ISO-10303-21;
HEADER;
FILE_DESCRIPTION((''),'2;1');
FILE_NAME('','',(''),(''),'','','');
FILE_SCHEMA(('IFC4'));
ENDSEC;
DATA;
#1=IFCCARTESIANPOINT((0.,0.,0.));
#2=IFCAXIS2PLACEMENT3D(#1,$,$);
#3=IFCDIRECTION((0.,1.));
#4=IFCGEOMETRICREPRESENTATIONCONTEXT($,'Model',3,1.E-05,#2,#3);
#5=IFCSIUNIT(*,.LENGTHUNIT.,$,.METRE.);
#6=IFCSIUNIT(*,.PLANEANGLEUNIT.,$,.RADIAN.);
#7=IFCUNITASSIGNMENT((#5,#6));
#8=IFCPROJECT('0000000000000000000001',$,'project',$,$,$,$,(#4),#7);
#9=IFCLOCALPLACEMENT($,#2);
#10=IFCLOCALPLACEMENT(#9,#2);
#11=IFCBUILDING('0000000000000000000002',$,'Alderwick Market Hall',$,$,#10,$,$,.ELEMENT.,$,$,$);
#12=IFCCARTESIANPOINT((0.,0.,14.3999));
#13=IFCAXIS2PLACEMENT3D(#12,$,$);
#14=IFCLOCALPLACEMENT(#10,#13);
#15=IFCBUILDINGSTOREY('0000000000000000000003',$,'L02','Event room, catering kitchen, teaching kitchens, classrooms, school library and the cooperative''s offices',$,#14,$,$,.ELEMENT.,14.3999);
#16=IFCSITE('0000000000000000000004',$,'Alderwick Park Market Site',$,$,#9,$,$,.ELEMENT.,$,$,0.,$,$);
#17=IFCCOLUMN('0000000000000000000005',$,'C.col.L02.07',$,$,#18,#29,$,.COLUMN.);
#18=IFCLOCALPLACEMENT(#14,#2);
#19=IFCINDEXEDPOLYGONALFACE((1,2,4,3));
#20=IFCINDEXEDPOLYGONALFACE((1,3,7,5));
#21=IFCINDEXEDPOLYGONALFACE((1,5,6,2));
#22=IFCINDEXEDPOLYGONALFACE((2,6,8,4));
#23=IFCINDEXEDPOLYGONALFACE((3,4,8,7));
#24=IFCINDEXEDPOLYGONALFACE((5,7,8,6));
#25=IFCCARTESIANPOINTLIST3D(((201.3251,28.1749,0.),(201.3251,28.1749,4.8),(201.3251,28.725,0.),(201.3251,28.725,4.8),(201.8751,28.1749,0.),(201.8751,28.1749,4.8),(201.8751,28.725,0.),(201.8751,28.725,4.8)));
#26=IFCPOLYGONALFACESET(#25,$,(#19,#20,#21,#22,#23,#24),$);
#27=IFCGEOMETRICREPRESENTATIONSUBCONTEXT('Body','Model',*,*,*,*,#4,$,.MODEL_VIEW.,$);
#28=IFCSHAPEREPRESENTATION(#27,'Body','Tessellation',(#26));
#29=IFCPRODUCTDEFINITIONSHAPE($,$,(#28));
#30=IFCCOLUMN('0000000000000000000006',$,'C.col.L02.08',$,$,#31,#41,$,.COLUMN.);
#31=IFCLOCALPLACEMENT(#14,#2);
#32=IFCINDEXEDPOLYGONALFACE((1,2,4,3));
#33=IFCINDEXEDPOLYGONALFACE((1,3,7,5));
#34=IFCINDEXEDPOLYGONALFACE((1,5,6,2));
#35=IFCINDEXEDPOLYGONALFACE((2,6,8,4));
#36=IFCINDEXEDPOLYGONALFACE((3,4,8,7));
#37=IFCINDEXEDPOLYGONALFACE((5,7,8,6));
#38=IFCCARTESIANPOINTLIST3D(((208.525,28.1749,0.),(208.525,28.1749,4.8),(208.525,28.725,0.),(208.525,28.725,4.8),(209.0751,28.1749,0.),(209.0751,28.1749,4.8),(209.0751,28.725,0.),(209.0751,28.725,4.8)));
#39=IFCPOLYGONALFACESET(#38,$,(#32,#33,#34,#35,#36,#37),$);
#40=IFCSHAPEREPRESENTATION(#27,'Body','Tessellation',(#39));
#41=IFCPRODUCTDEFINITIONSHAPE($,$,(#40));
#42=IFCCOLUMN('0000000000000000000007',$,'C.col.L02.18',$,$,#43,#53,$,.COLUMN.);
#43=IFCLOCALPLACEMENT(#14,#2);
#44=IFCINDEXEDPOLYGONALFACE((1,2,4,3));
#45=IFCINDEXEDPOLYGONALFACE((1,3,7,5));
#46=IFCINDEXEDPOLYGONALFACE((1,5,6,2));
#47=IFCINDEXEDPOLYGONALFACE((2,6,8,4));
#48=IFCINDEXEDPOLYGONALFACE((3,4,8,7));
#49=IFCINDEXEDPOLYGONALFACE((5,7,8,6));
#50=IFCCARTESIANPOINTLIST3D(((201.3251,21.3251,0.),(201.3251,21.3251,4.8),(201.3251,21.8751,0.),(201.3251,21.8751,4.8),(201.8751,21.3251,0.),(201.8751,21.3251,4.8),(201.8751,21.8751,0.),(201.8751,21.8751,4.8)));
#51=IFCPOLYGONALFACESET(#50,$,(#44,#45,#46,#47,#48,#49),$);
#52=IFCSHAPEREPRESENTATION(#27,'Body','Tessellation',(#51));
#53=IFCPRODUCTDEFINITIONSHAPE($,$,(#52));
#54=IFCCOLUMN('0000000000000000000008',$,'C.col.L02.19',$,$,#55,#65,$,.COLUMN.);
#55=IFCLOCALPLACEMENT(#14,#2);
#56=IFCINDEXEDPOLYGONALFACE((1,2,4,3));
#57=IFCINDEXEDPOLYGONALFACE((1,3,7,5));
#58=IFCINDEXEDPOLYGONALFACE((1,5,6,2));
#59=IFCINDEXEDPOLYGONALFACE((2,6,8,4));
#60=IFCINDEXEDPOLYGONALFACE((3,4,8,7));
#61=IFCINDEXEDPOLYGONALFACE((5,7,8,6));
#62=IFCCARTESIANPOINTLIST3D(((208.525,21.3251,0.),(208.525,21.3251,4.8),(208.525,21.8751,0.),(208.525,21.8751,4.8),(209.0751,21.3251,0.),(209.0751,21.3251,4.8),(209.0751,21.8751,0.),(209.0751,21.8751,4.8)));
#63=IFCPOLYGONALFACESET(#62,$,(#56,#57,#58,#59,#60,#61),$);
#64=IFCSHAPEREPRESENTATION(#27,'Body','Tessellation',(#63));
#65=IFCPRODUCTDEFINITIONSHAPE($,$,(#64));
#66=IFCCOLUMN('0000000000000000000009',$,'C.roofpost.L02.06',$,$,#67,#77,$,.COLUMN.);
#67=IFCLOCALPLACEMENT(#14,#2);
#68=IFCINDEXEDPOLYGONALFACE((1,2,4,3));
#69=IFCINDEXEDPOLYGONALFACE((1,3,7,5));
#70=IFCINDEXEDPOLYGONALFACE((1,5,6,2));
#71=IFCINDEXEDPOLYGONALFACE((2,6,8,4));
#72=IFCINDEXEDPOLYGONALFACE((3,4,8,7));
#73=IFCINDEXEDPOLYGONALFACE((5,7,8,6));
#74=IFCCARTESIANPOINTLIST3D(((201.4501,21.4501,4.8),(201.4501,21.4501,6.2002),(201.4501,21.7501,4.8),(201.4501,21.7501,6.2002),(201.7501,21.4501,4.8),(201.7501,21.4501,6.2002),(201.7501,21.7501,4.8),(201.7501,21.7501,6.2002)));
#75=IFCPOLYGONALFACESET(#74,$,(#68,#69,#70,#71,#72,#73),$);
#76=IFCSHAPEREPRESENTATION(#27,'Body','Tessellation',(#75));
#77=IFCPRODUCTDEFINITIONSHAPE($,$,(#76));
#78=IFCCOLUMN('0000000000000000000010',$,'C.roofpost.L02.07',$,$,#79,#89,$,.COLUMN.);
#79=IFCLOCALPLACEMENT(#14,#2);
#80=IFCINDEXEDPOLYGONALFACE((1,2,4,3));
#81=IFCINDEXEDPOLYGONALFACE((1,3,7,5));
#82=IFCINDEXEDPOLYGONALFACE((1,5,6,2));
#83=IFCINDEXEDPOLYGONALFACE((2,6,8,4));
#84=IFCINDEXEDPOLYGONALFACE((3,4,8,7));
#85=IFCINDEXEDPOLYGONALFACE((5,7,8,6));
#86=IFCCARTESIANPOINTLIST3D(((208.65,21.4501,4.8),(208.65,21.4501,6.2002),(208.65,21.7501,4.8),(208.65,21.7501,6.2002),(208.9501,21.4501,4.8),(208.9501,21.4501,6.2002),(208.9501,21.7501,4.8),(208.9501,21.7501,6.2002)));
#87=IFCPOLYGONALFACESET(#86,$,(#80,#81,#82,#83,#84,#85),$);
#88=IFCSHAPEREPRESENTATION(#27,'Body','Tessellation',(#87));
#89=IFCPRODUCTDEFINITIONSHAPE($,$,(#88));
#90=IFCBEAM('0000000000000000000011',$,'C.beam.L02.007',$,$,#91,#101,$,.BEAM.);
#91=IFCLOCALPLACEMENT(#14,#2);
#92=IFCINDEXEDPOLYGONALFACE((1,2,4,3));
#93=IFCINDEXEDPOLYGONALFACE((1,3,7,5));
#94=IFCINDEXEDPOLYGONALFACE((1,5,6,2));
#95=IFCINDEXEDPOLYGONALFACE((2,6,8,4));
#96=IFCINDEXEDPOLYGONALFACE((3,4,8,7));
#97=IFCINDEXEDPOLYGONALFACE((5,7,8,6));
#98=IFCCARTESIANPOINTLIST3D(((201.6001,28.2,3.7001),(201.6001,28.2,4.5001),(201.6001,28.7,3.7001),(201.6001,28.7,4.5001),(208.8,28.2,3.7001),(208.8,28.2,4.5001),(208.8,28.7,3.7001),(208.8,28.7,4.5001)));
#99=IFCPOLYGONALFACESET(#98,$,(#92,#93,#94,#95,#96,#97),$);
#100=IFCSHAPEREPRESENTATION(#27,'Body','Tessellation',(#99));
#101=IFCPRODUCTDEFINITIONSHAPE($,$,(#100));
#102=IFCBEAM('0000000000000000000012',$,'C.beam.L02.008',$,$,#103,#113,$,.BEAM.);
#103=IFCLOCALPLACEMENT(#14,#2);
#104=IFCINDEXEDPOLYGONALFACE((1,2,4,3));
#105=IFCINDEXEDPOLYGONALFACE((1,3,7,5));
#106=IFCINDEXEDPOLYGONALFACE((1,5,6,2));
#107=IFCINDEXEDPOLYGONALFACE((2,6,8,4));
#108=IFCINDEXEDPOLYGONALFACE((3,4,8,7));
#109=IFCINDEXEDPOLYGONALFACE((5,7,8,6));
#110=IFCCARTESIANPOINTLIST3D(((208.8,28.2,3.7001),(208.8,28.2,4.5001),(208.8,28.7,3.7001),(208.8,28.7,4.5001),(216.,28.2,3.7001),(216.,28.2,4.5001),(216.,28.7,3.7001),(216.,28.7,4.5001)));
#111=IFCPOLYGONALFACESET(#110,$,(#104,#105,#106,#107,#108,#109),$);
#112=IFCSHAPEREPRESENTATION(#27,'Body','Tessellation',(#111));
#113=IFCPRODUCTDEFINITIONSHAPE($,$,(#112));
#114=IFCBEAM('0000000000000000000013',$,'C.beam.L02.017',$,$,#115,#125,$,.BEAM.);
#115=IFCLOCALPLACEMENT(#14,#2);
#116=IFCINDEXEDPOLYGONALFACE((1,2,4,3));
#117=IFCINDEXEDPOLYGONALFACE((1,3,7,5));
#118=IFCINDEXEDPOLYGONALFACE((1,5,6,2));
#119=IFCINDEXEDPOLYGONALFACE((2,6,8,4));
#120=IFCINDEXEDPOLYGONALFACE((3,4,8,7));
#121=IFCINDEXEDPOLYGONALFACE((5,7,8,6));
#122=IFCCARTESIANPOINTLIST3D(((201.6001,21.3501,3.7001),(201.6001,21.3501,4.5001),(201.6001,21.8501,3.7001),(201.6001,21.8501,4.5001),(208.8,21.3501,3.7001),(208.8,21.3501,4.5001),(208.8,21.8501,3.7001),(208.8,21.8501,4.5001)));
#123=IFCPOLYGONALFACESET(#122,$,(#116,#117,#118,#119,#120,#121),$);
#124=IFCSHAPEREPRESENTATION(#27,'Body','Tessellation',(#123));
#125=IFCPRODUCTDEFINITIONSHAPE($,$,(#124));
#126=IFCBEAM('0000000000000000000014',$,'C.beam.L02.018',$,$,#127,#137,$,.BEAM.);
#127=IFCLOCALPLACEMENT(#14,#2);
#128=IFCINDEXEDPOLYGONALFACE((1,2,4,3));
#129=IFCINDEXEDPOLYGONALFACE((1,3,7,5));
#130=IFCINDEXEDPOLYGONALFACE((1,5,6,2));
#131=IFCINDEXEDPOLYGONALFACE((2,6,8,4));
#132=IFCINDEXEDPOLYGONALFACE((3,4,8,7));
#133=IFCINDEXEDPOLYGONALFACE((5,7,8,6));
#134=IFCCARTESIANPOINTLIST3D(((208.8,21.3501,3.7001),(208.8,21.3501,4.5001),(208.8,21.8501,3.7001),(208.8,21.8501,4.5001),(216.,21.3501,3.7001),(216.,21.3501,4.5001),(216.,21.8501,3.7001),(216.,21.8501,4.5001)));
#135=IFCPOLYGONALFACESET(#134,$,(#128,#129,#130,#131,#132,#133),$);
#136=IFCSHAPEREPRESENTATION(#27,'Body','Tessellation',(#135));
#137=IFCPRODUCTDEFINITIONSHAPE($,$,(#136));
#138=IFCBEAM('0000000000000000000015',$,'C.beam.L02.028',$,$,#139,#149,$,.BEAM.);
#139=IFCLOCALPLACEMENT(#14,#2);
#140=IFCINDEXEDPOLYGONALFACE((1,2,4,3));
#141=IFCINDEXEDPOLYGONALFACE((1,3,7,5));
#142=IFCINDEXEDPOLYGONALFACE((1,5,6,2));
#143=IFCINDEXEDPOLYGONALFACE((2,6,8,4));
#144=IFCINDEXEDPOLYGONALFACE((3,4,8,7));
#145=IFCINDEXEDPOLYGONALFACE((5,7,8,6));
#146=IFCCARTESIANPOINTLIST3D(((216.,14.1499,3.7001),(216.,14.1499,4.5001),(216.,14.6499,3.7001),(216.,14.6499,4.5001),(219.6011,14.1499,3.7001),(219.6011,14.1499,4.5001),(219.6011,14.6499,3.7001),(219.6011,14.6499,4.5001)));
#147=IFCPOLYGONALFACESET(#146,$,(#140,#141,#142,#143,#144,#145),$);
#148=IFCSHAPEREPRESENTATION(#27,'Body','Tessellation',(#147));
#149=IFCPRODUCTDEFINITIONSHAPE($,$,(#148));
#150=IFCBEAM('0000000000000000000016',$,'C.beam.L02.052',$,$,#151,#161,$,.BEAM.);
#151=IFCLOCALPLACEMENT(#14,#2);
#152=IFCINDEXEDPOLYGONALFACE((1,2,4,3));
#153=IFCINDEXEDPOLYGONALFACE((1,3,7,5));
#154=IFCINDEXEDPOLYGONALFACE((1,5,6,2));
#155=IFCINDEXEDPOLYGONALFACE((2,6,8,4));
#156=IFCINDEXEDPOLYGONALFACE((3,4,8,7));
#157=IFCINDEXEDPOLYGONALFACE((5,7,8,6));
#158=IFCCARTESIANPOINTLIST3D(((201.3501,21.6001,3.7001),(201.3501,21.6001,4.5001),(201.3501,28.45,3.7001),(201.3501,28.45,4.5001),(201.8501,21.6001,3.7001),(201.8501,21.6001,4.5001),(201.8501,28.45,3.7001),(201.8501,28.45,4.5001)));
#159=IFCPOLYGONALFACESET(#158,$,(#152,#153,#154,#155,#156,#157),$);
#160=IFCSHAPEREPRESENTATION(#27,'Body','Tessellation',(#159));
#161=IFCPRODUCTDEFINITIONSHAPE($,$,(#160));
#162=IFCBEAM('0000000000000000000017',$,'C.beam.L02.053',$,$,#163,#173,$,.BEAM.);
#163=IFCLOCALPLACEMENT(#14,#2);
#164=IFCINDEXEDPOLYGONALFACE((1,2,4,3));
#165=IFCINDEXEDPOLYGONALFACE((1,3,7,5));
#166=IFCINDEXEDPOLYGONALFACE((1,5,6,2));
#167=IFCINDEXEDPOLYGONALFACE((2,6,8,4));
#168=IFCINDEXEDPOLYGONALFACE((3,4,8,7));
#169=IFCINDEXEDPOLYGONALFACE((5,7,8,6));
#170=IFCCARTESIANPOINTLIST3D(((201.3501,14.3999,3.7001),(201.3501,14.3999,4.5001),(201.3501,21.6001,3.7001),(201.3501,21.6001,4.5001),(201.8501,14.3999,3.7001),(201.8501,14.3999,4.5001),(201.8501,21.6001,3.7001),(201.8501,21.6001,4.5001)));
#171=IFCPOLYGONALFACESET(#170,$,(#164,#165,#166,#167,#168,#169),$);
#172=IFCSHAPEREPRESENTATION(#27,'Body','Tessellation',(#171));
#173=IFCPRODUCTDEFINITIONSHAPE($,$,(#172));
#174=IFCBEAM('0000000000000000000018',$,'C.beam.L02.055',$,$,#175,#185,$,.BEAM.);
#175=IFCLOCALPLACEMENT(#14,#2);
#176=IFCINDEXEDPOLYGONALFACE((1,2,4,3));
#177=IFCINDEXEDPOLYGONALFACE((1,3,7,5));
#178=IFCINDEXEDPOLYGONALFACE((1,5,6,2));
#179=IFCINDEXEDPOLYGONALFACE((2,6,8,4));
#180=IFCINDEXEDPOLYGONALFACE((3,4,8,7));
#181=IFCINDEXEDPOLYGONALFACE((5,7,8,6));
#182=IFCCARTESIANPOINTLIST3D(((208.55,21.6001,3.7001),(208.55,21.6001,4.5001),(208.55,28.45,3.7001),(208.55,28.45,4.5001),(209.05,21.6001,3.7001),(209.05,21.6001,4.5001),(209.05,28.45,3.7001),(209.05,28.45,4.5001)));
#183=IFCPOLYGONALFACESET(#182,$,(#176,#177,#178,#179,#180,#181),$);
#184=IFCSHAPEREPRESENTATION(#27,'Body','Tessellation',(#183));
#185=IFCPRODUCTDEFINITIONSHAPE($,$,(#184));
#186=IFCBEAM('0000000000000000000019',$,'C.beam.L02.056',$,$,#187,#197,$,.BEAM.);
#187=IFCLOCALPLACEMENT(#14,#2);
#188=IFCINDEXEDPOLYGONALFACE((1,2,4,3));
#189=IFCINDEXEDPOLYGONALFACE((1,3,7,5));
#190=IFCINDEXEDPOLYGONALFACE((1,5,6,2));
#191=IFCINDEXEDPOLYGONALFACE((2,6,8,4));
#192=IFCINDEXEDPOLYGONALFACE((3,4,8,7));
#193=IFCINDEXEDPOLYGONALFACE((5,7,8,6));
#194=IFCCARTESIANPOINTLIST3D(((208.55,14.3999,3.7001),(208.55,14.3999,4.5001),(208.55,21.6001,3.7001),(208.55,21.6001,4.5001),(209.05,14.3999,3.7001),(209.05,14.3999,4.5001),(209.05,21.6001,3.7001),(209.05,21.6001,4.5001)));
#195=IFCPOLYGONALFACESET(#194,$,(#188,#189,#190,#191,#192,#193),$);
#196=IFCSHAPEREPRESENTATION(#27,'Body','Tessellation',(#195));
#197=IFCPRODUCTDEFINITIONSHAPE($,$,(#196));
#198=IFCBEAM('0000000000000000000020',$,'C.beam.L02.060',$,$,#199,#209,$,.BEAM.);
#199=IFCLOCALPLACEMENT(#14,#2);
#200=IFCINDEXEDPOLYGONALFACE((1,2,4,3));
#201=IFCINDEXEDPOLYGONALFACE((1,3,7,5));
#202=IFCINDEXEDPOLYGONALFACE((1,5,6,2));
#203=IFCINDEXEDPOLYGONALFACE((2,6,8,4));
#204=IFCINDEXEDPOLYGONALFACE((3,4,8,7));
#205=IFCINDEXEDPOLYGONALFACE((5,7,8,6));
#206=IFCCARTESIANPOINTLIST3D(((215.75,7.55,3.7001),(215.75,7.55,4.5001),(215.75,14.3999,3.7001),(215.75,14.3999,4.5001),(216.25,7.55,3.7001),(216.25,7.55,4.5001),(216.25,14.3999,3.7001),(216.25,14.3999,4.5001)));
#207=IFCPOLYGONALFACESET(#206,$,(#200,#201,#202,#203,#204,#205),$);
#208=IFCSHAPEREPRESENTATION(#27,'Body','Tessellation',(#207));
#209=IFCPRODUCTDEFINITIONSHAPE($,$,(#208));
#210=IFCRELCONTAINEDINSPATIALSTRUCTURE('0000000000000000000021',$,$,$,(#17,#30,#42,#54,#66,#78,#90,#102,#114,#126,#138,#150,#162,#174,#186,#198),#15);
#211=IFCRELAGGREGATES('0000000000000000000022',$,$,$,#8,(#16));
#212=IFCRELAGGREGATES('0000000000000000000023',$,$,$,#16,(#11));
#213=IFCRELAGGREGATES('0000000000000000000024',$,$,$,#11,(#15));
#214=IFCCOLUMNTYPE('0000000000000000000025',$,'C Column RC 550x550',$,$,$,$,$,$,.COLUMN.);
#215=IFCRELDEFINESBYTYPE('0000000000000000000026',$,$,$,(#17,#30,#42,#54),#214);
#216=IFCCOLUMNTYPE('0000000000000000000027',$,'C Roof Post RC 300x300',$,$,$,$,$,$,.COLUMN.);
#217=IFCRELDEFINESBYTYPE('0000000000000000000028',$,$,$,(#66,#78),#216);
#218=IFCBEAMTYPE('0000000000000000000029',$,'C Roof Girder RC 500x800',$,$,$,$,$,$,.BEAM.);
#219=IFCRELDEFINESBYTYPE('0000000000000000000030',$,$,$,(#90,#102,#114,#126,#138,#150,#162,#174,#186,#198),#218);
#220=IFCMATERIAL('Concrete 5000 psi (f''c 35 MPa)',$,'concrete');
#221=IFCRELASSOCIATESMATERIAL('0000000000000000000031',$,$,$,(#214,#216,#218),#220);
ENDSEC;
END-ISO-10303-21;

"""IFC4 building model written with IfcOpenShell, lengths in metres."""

from ifc_helpers import new_model, si_unit, direction, frame, origin, origin_2d, place, context, subcontext, project, spatial, rectangle, extrude, material, material_profile, profile_set, type_object, element, save


model = new_model("IFC4")

# Units and contexts
model_context = context("Model", 3, precision=1e-05, world=origin(), true_north=direction((0.0, 1.0)))
body_context = subcontext(model_context, "Body", "Model", "MODEL_VIEW")
ifc_project = project(units=[si_unit("LENGTHUNIT", "METRE"), si_unit("PLANEANGLEUNIT", "RADIAN")], contexts=[model_context])

# Site, building, storey
site_placement = place(None, origin())
site = spatial("IfcSite", under=ifc_project, at=site_placement, Name="Alderwick Park Market Site", CompositionType="ELEMENT", RefElevation=0.0)
building_placement = place(site_placement, origin())
building = spatial("IfcBuilding", under=site, at=building_placement, Name="Alderwick Market Hall", CompositionType="ELEMENT")
storey_placement = place(building_placement, frame((0.0, 0.0, 14.3999)))
storey = spatial("IfcBuildingStorey", under=building, at=storey_placement, Name="L02", Description="Event room, catering kitchen, teaching kitchens, classrooms, school library and the cooperative's offices", CompositionType="ELEMENT", Elevation=14.3999)

# Columns
ifc_material_1 = material(Name="Concrete 5000 psi (f'c 35 MPa)", Category="concrete")
ifc_material_profile_1 = material_profile(ifc_material_1, rectangle(XDim=0.55, YDim=0.55, at=origin_2d()), Name="RC 550x550")
ifc_profile_set_1 = profile_set([ifc_material_profile_1], Name="Concrete 5000 psi (f'c 35 MPa)")
column_type_1 = type_object("IfcColumnType", Name="C Column RC 550x550", PredefinedType="COLUMN", material=ifc_profile_set_1)
for number, where, z_axis, x_axis, name in (
    (1, (201.6001, 28.45, 0.0), (0.0, 0.0, 1.0), (1.0, 0.0, 0.0), "C.col.L02.07"),
    (2, (208.8, 28.45, 0.0), (0.0, 0.0, 1.0), (1.0, 0.0, 0.0), "C.col.L02.08"),
    (3, (201.6001, 21.6001, 0.0), (0.0, 0.0, 1.0), (1.0, 0.0, 0.0), "C.col.L02.18"),
    (4, (208.8, 21.6001, 0.0), (0.0, 0.0, 1.0), (1.0, 0.0, 0.0), "C.col.L02.19"),
):
    element("IfcColumn", number, at=place(storey_placement, frame(where, z_axis=z_axis, x_axis=x_axis)), inside=storey, type_object=column_type_1, Name=name, PredefinedType="COLUMN", context=body_context, shape_type="SweptSolid", body=[
        extrude(rectangle(XDim=0.55, YDim=0.55, at=origin_2d()), origin(), (0.0, 0.0, 1.0), 4.8),
    ])
ifc_material_profile_2 = material_profile(ifc_material_1, rectangle(XDim=0.3, YDim=0.3, at=origin_2d()), Name="RC 300x300")
ifc_profile_set_2 = profile_set([ifc_material_profile_2], Name="Concrete 5000 psi (f'c 35 MPa)")
column_type_2 = type_object("IfcColumnType", Name="C Roof Post RC 300x300", PredefinedType="COLUMN", material=ifc_profile_set_2)
for number, where, z_axis, x_axis, name in (
    (5, (201.6001, 21.6001, 4.8), (0.0, 0.0, 1.0), (1.0, 0.0, 0.0), "C.roofpost.L02.06"),
    (6, (208.8, 21.6001, 4.8), (0.0, 0.0, 1.0), (1.0, 0.0, 0.0), "C.roofpost.L02.07"),
):
    element("IfcColumn", number, at=place(storey_placement, frame(where, z_axis=z_axis, x_axis=x_axis)), inside=storey, type_object=column_type_2, Name=name, PredefinedType="COLUMN", context=body_context, shape_type="SweptSolid", body=[
        extrude(rectangle(XDim=0.3, YDim=0.3, at=origin_2d()), origin(), (0.0, 0.0, 1.0), 1.4001),
    ])

# Beams
ifc_material_profile_3 = material_profile(ifc_material_1, rectangle(XDim=0.5, YDim=0.8, at=origin_2d()), Name="RC 500x800")
ifc_profile_set_3 = profile_set([ifc_material_profile_3], Name="Concrete 5000 psi (f'c 35 MPa)")
beam_type = type_object("IfcBeamType", Name="C Roof Girder RC 500x800", PredefinedType="BEAM", material=ifc_profile_set_3)
for number, where, z_axis, x_axis, name in (
    (7, (201.6001, 28.45, 4.1001), (1.0, 0.0, 0.0), (0.0, 1.0, 0.0), "C.beam.L02.007"),
    (8, (208.8, 28.45, 4.1001), (1.0, 0.0, 0.0), (0.0, 1.0, 0.0), "C.beam.L02.008"),
    (9, (201.6001, 21.6001, 4.1001), (1.0, 0.0, 0.0), (0.0, 1.0, 0.0), "C.beam.L02.017"),
    (10, (208.8, 21.6001, 4.1001), (1.0, 0.0, 0.0), (0.0, 1.0, 0.0), "C.beam.L02.018"),
):
    element("IfcBeam", number, at=place(storey_placement, frame(where, z_axis=z_axis, x_axis=x_axis)), inside=storey, type_object=beam_type, Name=name, PredefinedType="BEAM", context=body_context, shape_type="SweptSolid", body=[
        extrude(rectangle(XDim=0.5, YDim=0.8, at=origin_2d()), origin(), (0.0, 0.0, 1.0), 7.2),
    ])
beam_1_placement = place(storey_placement, frame((216.0, 14.3999, 4.1001), z_axis=(1.0, 0.0, 0.0), x_axis=(0.0, 1.0, 0.0)))
element("IfcBeam", 11, at=beam_1_placement, inside=storey, type_object=beam_type, Name="C.beam.L02.028", PredefinedType="BEAM", context=body_context, shape_type="SweptSolid", body=[
    extrude(rectangle(XDim=0.5, YDim=0.8, at=origin_2d()), origin(), (0.0, 0.0, 1.0), 3.6011),
])
beam_2_placement = place(storey_placement, frame((201.6001, 28.45, 4.1001), z_axis=(0.0, -1.0, 0.0), x_axis=(1.0, 0.0, 0.0)))
element("IfcBeam", 12, at=beam_2_placement, inside=storey, type_object=beam_type, Name="C.beam.L02.052", PredefinedType="BEAM", context=body_context, shape_type="SweptSolid", body=[
    extrude(rectangle(XDim=0.5, YDim=0.8, at=origin_2d()), origin(), (0.0, 0.0, 1.0), 6.8499),
])
beam_3_placement = place(storey_placement, frame((201.6001, 21.6001, 4.1001), z_axis=(0.0, -1.0, 0.0), x_axis=(1.0, 0.0, 0.0)))
element("IfcBeam", 13, at=beam_3_placement, inside=storey, type_object=beam_type, Name="C.beam.L02.053", PredefinedType="BEAM", context=body_context, shape_type="SweptSolid", body=[
    extrude(rectangle(XDim=0.5, YDim=0.8, at=origin_2d()), origin(), (0.0, 0.0, 1.0), 7.2002),
])
beam_4_placement = place(storey_placement, frame((208.8, 28.45, 4.1001), z_axis=(0.0, -1.0, 0.0), x_axis=(1.0, 0.0, 0.0)))
element("IfcBeam", 14, at=beam_4_placement, inside=storey, type_object=beam_type, Name="C.beam.L02.055", PredefinedType="BEAM", context=body_context, shape_type="SweptSolid", body=[
    extrude(rectangle(XDim=0.5, YDim=0.8, at=origin_2d()), origin(), (0.0, 0.0, 1.0), 6.8499),
])
beam_5_placement = place(storey_placement, frame((208.8, 21.6001, 4.1001), z_axis=(0.0, -1.0, 0.0), x_axis=(1.0, 0.0, 0.0)))
element("IfcBeam", 15, at=beam_5_placement, inside=storey, type_object=beam_type, Name="C.beam.L02.056", PredefinedType="BEAM", context=body_context, shape_type="SweptSolid", body=[
    extrude(rectangle(XDim=0.5, YDim=0.8, at=origin_2d()), origin(), (0.0, 0.0, 1.0), 7.2002),
])
beam_6_placement = place(storey_placement, frame((216.0, 14.3999, 4.1001), z_axis=(0.0, -1.0, 0.0), x_axis=(1.0, 0.0, 0.0)))
element("IfcBeam", 16, at=beam_6_placement, inside=storey, type_object=beam_type, Name="C.beam.L02.060", PredefinedType="BEAM", context=body_context, shape_type="SweptSolid", body=[
    extrude(rectangle(XDim=0.5, YDim=0.8, at=origin_2d()), origin(), (0.0, 0.0, 1.0), 6.8499),
])

save(model, "model.ifc")
